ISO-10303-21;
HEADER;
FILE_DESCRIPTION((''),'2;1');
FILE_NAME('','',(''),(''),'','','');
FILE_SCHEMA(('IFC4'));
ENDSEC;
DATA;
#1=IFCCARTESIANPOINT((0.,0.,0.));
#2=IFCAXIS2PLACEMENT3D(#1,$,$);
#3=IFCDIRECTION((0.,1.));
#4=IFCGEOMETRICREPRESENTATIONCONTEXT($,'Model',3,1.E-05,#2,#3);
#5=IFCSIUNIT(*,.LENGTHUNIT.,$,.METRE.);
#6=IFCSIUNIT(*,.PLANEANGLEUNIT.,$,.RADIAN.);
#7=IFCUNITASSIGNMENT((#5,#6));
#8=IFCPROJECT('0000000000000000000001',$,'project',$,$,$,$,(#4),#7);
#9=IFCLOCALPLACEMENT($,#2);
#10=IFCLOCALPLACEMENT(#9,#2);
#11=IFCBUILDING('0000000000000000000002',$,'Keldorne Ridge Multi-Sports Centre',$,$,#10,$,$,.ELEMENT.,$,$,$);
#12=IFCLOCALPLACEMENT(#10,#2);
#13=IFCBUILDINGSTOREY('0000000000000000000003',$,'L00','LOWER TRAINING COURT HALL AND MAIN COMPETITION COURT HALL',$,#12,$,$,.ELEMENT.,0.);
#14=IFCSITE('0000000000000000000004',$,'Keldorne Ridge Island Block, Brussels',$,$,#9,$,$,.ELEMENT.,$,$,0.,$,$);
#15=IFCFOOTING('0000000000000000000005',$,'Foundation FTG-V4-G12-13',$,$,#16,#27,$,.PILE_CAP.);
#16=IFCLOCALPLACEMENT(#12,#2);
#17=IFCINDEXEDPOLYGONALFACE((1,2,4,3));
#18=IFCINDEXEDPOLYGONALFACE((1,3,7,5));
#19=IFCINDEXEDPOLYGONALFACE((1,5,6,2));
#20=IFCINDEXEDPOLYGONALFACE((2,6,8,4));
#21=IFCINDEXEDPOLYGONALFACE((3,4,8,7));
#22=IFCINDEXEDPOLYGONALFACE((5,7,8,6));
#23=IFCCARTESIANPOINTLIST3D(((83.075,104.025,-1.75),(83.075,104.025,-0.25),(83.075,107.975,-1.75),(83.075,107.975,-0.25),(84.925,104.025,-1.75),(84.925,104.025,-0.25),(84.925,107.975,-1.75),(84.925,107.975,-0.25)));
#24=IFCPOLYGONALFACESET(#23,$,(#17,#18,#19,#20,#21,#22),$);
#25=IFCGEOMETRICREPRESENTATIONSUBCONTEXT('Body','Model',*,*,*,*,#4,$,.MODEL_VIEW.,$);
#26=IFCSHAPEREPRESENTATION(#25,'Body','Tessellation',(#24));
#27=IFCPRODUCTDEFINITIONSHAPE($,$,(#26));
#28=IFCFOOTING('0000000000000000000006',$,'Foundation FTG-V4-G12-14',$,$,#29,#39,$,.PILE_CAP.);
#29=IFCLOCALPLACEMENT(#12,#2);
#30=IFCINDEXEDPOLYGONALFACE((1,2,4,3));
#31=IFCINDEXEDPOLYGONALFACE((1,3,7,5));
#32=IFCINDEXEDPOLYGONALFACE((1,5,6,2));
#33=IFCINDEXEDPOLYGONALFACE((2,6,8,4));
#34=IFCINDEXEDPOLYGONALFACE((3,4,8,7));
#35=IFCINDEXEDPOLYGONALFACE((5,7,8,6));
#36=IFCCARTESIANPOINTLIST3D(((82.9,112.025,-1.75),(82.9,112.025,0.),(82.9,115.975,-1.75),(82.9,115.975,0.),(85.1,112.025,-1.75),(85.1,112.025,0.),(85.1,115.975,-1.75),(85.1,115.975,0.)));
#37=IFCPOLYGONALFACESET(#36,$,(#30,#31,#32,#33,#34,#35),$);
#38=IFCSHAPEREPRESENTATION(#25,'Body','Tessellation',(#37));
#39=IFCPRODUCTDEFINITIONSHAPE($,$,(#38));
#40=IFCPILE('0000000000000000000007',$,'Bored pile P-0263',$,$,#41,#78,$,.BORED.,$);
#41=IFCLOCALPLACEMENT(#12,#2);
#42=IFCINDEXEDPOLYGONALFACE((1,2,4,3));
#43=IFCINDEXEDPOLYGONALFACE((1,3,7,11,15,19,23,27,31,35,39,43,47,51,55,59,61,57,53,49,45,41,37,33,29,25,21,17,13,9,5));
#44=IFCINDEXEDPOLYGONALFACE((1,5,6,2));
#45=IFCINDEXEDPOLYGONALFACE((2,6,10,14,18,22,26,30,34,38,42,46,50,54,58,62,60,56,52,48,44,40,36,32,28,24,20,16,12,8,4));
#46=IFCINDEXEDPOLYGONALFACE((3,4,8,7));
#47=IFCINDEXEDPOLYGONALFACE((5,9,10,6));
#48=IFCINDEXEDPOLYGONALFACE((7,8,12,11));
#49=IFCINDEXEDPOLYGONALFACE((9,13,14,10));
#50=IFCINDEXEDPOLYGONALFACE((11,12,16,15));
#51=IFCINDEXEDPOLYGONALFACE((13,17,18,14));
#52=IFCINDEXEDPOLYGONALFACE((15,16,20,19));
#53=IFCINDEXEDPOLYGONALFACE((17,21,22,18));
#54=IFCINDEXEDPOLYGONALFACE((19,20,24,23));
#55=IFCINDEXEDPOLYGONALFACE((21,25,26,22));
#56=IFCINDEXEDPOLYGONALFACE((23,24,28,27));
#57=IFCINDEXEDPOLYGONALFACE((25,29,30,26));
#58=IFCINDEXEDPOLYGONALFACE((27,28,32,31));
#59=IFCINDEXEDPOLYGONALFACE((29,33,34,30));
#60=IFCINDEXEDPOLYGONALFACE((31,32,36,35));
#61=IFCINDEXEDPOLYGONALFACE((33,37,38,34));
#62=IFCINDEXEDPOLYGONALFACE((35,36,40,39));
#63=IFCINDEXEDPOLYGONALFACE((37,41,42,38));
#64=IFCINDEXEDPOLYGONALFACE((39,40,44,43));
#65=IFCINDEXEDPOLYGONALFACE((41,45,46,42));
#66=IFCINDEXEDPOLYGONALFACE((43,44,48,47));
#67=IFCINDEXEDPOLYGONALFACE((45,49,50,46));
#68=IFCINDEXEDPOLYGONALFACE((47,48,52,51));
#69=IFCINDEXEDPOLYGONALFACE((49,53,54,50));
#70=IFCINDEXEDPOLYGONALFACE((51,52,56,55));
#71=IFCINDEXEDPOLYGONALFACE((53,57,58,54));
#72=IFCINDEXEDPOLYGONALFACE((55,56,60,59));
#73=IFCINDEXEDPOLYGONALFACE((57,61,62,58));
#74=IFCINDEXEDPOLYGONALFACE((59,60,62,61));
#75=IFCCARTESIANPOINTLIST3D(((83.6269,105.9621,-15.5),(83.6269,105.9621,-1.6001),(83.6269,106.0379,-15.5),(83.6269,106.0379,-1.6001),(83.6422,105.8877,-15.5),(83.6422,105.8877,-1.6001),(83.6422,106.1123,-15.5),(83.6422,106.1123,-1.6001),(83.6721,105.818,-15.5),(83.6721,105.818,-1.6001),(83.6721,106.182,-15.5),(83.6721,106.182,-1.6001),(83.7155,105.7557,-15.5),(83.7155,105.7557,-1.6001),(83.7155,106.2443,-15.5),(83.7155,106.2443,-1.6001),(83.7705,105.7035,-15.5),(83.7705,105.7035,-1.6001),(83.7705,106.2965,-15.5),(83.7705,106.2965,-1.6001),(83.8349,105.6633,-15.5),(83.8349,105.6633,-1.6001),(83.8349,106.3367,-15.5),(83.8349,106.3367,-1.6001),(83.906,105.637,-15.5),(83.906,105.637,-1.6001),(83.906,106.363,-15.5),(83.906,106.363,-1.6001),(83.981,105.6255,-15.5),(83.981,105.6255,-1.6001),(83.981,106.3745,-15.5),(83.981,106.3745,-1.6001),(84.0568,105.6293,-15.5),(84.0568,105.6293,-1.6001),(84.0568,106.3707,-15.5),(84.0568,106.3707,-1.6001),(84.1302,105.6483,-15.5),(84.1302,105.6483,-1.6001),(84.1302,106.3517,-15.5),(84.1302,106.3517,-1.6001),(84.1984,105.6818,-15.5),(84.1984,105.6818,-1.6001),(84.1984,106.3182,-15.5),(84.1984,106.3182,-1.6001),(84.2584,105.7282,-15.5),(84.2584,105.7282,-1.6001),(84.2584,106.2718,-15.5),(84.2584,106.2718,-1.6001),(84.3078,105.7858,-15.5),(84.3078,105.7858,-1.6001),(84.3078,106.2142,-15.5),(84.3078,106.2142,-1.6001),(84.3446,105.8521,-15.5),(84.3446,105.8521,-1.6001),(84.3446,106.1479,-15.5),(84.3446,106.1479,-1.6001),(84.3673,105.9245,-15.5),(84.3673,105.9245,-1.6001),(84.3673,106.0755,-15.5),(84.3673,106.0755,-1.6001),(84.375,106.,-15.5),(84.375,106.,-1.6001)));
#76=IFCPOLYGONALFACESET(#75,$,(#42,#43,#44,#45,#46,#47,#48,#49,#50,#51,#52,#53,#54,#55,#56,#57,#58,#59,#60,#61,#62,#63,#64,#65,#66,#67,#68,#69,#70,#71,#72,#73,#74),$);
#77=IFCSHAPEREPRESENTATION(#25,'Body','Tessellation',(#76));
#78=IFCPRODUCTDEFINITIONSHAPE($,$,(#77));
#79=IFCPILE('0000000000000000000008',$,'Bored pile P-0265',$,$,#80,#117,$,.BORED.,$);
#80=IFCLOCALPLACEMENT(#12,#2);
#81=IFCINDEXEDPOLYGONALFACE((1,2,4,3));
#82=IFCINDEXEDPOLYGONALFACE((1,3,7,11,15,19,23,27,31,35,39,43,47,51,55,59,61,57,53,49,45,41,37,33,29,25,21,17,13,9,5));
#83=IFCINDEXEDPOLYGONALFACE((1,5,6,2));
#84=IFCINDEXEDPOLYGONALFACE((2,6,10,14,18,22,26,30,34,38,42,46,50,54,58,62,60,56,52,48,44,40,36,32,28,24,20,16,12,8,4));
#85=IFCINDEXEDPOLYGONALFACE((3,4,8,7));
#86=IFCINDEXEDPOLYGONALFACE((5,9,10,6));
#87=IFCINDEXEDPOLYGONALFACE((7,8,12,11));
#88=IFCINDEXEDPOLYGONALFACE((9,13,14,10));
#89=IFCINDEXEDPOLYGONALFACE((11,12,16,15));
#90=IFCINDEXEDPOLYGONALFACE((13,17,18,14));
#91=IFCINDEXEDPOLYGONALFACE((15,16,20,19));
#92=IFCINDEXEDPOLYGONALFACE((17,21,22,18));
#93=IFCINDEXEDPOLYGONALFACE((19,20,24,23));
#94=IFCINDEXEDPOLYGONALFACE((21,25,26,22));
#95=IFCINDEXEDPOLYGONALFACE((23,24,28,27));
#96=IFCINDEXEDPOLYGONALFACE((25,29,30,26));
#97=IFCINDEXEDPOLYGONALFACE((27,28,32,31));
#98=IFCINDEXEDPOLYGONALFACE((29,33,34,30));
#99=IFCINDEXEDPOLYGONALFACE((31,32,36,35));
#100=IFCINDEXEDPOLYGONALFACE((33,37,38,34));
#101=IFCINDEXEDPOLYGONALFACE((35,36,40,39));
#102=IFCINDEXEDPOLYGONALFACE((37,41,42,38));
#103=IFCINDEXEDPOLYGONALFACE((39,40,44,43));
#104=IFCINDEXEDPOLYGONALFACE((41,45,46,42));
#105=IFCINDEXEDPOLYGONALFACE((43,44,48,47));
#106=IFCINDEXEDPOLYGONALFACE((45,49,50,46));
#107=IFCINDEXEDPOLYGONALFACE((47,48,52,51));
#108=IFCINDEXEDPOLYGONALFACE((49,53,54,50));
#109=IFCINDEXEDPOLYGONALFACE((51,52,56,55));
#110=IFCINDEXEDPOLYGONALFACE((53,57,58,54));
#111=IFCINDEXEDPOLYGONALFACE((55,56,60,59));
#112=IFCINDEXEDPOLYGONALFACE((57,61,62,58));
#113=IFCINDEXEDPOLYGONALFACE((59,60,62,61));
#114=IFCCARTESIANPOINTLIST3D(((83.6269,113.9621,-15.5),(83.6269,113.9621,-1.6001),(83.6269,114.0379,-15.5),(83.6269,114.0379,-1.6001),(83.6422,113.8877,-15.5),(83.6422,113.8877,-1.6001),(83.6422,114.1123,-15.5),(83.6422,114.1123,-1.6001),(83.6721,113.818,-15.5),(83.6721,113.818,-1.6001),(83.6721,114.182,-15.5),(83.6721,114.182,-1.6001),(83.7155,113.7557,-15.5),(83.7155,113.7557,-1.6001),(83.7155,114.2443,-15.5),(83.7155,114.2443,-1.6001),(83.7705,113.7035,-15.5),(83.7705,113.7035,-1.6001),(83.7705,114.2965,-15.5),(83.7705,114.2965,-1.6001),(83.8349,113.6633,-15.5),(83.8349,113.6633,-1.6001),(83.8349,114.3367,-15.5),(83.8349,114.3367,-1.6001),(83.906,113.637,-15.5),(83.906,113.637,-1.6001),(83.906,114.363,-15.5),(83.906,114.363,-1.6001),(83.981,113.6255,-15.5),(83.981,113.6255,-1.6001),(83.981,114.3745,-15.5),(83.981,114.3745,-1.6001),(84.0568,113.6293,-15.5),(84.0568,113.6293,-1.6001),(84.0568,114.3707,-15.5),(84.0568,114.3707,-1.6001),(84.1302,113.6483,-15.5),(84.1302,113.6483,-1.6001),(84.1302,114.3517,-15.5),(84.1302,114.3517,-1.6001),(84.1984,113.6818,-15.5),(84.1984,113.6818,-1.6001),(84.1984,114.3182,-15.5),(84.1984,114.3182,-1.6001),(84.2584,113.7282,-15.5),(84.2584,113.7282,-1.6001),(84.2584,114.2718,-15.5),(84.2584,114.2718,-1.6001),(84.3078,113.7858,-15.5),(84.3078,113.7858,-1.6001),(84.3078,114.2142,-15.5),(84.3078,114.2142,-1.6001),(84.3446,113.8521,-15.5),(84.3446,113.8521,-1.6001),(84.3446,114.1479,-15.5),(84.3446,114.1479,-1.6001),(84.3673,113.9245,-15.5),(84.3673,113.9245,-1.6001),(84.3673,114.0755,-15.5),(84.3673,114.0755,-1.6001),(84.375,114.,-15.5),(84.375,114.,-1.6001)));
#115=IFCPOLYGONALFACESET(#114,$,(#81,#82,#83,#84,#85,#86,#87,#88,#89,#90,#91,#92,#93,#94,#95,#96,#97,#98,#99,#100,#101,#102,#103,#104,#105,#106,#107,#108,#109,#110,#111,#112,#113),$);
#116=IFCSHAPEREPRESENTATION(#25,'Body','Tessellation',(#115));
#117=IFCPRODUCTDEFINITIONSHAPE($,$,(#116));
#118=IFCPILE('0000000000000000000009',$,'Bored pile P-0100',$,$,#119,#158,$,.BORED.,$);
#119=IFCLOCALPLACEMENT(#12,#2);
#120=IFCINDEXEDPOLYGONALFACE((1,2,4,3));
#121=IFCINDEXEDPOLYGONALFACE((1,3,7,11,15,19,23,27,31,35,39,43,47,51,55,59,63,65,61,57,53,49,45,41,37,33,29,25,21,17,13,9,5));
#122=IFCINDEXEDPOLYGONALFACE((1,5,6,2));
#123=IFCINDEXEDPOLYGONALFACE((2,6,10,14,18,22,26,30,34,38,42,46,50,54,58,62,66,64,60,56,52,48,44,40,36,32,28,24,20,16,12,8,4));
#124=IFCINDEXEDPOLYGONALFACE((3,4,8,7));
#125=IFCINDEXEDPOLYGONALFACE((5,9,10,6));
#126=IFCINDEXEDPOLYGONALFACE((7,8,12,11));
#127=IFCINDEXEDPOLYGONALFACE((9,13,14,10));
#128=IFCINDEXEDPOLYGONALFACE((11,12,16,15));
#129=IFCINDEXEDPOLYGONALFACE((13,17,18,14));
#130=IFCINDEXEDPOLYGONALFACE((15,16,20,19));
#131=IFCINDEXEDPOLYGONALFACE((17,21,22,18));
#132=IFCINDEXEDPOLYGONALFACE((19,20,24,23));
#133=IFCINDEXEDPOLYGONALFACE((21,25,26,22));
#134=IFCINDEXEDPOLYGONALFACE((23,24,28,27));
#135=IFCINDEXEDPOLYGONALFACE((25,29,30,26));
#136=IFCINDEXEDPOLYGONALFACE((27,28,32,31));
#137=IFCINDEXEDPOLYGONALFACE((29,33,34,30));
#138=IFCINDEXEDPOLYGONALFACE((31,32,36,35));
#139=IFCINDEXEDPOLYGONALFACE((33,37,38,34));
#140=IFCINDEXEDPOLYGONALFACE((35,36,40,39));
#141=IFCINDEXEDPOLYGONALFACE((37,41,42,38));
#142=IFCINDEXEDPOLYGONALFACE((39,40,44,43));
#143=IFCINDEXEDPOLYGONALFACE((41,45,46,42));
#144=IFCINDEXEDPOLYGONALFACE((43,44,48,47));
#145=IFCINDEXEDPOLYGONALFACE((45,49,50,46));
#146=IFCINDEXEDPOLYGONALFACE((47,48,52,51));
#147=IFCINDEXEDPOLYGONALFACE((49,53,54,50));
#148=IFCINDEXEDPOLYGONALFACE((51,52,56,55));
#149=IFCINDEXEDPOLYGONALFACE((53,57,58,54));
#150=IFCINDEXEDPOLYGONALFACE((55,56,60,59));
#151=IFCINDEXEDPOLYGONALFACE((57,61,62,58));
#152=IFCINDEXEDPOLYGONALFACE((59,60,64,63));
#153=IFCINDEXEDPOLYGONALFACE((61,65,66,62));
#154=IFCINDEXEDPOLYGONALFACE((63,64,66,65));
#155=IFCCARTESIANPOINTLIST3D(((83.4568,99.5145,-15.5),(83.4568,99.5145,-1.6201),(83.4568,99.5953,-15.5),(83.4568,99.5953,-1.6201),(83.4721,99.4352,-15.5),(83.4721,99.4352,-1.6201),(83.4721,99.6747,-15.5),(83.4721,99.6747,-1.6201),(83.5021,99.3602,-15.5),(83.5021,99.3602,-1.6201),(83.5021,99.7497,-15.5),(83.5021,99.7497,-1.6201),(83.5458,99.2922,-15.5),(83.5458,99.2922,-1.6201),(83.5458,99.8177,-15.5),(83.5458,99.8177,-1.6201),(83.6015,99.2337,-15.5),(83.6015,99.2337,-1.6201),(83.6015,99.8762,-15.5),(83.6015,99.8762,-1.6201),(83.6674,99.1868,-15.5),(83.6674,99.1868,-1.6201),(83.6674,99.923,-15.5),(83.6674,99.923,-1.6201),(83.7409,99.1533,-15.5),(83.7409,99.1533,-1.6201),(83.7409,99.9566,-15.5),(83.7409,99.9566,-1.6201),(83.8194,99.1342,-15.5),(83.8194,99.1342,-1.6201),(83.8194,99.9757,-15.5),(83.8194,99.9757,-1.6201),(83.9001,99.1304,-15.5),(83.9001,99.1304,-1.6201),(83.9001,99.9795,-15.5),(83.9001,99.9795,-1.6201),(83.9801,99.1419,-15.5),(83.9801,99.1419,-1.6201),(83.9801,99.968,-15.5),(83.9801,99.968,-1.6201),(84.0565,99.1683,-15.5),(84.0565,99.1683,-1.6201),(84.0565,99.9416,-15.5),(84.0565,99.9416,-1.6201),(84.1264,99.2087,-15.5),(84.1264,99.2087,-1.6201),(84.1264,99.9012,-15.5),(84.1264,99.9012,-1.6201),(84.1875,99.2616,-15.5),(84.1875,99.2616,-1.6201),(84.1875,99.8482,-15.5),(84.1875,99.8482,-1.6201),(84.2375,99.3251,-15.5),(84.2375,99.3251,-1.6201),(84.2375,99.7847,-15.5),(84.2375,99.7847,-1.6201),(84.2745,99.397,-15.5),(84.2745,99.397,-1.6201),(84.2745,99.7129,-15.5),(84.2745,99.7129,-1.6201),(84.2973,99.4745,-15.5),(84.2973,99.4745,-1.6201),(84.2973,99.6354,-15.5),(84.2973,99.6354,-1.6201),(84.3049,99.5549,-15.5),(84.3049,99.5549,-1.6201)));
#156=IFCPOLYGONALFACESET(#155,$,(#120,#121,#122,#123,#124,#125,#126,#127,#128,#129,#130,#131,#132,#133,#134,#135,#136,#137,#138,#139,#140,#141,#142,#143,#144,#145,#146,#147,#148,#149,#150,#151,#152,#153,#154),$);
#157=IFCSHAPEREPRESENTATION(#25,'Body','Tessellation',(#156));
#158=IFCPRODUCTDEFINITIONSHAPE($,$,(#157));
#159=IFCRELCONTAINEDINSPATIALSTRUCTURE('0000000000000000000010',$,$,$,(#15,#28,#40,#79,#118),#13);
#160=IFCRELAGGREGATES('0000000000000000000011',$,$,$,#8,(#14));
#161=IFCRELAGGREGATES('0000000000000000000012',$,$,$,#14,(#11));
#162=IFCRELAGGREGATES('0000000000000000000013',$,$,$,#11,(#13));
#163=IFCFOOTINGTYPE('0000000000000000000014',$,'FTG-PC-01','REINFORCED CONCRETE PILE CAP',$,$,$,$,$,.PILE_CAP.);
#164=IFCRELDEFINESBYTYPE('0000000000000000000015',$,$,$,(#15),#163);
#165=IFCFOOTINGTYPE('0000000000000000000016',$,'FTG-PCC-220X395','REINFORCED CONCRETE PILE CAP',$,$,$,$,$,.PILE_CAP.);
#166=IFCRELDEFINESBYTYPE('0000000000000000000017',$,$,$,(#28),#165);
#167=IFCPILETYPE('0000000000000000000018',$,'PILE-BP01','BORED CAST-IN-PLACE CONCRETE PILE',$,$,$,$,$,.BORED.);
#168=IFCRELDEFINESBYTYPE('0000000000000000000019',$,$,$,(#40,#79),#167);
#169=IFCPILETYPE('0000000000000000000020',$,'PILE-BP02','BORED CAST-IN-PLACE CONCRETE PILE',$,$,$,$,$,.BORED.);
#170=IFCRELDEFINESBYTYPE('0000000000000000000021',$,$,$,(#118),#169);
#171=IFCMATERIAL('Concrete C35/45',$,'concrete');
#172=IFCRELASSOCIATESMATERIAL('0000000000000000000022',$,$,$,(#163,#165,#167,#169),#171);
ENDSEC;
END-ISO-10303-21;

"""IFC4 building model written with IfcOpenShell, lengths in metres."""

from ifc_helpers import new_model, si_unit, direction, frame, origin, origin_2d, place, context, subcontext, project, spatial, rectangle, circle, extrude, material, material_profile, profile_set, type_object, element, save


model = new_model("IFC4")

# Units and contexts
model_context = context("Model", 3, precision=1e-05, world=origin(), true_north=direction((0.0, 1.0)))
body_context = subcontext(model_context, "Body", "Model", "MODEL_VIEW")
ifc_project = project(units=[si_unit("LENGTHUNIT", "METRE"), si_unit("PLANEANGLEUNIT", "RADIAN")], contexts=[model_context])

# Site, building, storey
site_placement = place(None, origin())
site = spatial("IfcSite", under=ifc_project, at=site_placement, Name="Keldorne Ridge Island Block, Brussels", CompositionType="ELEMENT", RefElevation=0.0)
building_placement = place(site_placement, origin())
building = spatial("IfcBuilding", under=site, at=building_placement, Name="Keldorne Ridge Multi-Sports Centre", CompositionType="ELEMENT")
storey_placement = place(building_placement, origin())
storey = spatial("IfcBuildingStorey", under=building, at=storey_placement, Name="L00", Description="LOWER TRAINING COURT HALL AND MAIN COMPETITION COURT HALL", CompositionType="ELEMENT", Elevation=0.0)

# Footings
ifc_material_1 = material(Name="Concrete C35/45", Category="concrete")
footing_type_1 = type_object("IfcFootingType", Name="FTG-PC-01", Description="REINFORCED CONCRETE PILE CAP", PredefinedType="PILE_CAP", material=ifc_material_1)
footing_1_placement = place(storey_placement, frame((84.0, 106.0, -1.75), z_axis=(0.0, 0.0, 1.0), x_axis=(1.0, 0.0, 0.0)))
element("IfcFooting", 1, at=footing_1_placement, inside=storey, type_object=footing_type_1, Name="Foundation FTG-V4-G12-13", PredefinedType="PILE_CAP", context=body_context, shape_type="SweptSolid", body=[
    extrude(rectangle(XDim=1.8501, YDim=3.95, at=origin_2d()), origin(), (0.0, 0.0, 1.0), 1.5),
])
footing_type_2 = type_object("IfcFootingType", Name="FTG-PCC-220X395", Description="REINFORCED CONCRETE PILE CAP", PredefinedType="PILE_CAP", material=ifc_material_1)
footing_2_placement = place(storey_placement, frame((84.0, 114.0, -1.75), z_axis=(0.0, 0.0, 1.0), x_axis=(1.0, 0.0, 0.0)))
element("IfcFooting", 2, at=footing_2_placement, inside=storey, type_object=footing_type_2, Name="Foundation FTG-V4-G12-14", PredefinedType="PILE_CAP", context=body_context, shape_type="SweptSolid", body=[
    extrude(rectangle(XDim=2.2, YDim=3.95, at=origin_2d()), origin(), (0.0, 0.0, 1.0), 1.75),
])

# Piles
ifc_material_profile_1 = material_profile(ifc_material_1, circle(Radius=0.375, at=origin_2d()), Name="BORED PILE D750")
ifc_profile_set_1 = profile_set([ifc_material_profile_1], Name="Concrete C35/45")
pile_type_1 = type_object("IfcPileType", Name="PILE-BP01", Description="BORED CAST-IN-PLACE CONCRETE PILE", PredefinedType="BORED", material=ifc_profile_set_1)
for number, where, z_axis, x_axis, name in (
    (3, (84.0, 106.0, -1.6001), (0.0, 0.0, -1.0), (1.0, 0.0, 0.0), "Bored pile P-0263"),
    (4, (84.0, 114.0, -1.6001), (0.0, 0.0, -1.0), (1.0, 0.0, 0.0), "Bored pile P-0265"),
):
    element("IfcPile", number, at=place(storey_placement, frame(where, z_axis=z_axis, x_axis=x_axis)), inside=storey, type_object=pile_type_1, Name=name, PredefinedType="BORED", context=body_context, shape_type="SweptSolid", body=[
        extrude(circle(Radius=0.375, at=origin_2d()), origin(), (0.0, 0.0, 1.0), 13.8999),
    ])
ifc_material_profile_2 = material_profile(ifc_material_1, circle(Radius=0.425, at=origin_2d()), Name="BORED PILE D850")
ifc_profile_set_2 = profile_set([ifc_material_profile_2], Name="Concrete C35/45")
pile_type_2 = type_object("IfcPileType", Name="PILE-BP02", Description="BORED CAST-IN-PLACE CONCRETE PILE", PredefinedType="BORED", material=ifc_profile_set_2)
pile_placement = place(storey_placement, frame((83.8799, 99.5549, -1.6201), z_axis=(0.0, 0.0, -1.0), x_axis=(1.0, 0.0, 0.0)))
element("IfcPile", 5, at=pile_placement, inside=storey, type_object=pile_type_2, Name="Bored pile P-0100", PredefinedType="BORED", context=body_context, shape_type="SweptSolid", body=[
    extrude(circle(Radius=0.425, at=origin_2d()), origin(), (0.0, 0.0, 1.0), 13.8799),
])

save(model, "model.ifc")
